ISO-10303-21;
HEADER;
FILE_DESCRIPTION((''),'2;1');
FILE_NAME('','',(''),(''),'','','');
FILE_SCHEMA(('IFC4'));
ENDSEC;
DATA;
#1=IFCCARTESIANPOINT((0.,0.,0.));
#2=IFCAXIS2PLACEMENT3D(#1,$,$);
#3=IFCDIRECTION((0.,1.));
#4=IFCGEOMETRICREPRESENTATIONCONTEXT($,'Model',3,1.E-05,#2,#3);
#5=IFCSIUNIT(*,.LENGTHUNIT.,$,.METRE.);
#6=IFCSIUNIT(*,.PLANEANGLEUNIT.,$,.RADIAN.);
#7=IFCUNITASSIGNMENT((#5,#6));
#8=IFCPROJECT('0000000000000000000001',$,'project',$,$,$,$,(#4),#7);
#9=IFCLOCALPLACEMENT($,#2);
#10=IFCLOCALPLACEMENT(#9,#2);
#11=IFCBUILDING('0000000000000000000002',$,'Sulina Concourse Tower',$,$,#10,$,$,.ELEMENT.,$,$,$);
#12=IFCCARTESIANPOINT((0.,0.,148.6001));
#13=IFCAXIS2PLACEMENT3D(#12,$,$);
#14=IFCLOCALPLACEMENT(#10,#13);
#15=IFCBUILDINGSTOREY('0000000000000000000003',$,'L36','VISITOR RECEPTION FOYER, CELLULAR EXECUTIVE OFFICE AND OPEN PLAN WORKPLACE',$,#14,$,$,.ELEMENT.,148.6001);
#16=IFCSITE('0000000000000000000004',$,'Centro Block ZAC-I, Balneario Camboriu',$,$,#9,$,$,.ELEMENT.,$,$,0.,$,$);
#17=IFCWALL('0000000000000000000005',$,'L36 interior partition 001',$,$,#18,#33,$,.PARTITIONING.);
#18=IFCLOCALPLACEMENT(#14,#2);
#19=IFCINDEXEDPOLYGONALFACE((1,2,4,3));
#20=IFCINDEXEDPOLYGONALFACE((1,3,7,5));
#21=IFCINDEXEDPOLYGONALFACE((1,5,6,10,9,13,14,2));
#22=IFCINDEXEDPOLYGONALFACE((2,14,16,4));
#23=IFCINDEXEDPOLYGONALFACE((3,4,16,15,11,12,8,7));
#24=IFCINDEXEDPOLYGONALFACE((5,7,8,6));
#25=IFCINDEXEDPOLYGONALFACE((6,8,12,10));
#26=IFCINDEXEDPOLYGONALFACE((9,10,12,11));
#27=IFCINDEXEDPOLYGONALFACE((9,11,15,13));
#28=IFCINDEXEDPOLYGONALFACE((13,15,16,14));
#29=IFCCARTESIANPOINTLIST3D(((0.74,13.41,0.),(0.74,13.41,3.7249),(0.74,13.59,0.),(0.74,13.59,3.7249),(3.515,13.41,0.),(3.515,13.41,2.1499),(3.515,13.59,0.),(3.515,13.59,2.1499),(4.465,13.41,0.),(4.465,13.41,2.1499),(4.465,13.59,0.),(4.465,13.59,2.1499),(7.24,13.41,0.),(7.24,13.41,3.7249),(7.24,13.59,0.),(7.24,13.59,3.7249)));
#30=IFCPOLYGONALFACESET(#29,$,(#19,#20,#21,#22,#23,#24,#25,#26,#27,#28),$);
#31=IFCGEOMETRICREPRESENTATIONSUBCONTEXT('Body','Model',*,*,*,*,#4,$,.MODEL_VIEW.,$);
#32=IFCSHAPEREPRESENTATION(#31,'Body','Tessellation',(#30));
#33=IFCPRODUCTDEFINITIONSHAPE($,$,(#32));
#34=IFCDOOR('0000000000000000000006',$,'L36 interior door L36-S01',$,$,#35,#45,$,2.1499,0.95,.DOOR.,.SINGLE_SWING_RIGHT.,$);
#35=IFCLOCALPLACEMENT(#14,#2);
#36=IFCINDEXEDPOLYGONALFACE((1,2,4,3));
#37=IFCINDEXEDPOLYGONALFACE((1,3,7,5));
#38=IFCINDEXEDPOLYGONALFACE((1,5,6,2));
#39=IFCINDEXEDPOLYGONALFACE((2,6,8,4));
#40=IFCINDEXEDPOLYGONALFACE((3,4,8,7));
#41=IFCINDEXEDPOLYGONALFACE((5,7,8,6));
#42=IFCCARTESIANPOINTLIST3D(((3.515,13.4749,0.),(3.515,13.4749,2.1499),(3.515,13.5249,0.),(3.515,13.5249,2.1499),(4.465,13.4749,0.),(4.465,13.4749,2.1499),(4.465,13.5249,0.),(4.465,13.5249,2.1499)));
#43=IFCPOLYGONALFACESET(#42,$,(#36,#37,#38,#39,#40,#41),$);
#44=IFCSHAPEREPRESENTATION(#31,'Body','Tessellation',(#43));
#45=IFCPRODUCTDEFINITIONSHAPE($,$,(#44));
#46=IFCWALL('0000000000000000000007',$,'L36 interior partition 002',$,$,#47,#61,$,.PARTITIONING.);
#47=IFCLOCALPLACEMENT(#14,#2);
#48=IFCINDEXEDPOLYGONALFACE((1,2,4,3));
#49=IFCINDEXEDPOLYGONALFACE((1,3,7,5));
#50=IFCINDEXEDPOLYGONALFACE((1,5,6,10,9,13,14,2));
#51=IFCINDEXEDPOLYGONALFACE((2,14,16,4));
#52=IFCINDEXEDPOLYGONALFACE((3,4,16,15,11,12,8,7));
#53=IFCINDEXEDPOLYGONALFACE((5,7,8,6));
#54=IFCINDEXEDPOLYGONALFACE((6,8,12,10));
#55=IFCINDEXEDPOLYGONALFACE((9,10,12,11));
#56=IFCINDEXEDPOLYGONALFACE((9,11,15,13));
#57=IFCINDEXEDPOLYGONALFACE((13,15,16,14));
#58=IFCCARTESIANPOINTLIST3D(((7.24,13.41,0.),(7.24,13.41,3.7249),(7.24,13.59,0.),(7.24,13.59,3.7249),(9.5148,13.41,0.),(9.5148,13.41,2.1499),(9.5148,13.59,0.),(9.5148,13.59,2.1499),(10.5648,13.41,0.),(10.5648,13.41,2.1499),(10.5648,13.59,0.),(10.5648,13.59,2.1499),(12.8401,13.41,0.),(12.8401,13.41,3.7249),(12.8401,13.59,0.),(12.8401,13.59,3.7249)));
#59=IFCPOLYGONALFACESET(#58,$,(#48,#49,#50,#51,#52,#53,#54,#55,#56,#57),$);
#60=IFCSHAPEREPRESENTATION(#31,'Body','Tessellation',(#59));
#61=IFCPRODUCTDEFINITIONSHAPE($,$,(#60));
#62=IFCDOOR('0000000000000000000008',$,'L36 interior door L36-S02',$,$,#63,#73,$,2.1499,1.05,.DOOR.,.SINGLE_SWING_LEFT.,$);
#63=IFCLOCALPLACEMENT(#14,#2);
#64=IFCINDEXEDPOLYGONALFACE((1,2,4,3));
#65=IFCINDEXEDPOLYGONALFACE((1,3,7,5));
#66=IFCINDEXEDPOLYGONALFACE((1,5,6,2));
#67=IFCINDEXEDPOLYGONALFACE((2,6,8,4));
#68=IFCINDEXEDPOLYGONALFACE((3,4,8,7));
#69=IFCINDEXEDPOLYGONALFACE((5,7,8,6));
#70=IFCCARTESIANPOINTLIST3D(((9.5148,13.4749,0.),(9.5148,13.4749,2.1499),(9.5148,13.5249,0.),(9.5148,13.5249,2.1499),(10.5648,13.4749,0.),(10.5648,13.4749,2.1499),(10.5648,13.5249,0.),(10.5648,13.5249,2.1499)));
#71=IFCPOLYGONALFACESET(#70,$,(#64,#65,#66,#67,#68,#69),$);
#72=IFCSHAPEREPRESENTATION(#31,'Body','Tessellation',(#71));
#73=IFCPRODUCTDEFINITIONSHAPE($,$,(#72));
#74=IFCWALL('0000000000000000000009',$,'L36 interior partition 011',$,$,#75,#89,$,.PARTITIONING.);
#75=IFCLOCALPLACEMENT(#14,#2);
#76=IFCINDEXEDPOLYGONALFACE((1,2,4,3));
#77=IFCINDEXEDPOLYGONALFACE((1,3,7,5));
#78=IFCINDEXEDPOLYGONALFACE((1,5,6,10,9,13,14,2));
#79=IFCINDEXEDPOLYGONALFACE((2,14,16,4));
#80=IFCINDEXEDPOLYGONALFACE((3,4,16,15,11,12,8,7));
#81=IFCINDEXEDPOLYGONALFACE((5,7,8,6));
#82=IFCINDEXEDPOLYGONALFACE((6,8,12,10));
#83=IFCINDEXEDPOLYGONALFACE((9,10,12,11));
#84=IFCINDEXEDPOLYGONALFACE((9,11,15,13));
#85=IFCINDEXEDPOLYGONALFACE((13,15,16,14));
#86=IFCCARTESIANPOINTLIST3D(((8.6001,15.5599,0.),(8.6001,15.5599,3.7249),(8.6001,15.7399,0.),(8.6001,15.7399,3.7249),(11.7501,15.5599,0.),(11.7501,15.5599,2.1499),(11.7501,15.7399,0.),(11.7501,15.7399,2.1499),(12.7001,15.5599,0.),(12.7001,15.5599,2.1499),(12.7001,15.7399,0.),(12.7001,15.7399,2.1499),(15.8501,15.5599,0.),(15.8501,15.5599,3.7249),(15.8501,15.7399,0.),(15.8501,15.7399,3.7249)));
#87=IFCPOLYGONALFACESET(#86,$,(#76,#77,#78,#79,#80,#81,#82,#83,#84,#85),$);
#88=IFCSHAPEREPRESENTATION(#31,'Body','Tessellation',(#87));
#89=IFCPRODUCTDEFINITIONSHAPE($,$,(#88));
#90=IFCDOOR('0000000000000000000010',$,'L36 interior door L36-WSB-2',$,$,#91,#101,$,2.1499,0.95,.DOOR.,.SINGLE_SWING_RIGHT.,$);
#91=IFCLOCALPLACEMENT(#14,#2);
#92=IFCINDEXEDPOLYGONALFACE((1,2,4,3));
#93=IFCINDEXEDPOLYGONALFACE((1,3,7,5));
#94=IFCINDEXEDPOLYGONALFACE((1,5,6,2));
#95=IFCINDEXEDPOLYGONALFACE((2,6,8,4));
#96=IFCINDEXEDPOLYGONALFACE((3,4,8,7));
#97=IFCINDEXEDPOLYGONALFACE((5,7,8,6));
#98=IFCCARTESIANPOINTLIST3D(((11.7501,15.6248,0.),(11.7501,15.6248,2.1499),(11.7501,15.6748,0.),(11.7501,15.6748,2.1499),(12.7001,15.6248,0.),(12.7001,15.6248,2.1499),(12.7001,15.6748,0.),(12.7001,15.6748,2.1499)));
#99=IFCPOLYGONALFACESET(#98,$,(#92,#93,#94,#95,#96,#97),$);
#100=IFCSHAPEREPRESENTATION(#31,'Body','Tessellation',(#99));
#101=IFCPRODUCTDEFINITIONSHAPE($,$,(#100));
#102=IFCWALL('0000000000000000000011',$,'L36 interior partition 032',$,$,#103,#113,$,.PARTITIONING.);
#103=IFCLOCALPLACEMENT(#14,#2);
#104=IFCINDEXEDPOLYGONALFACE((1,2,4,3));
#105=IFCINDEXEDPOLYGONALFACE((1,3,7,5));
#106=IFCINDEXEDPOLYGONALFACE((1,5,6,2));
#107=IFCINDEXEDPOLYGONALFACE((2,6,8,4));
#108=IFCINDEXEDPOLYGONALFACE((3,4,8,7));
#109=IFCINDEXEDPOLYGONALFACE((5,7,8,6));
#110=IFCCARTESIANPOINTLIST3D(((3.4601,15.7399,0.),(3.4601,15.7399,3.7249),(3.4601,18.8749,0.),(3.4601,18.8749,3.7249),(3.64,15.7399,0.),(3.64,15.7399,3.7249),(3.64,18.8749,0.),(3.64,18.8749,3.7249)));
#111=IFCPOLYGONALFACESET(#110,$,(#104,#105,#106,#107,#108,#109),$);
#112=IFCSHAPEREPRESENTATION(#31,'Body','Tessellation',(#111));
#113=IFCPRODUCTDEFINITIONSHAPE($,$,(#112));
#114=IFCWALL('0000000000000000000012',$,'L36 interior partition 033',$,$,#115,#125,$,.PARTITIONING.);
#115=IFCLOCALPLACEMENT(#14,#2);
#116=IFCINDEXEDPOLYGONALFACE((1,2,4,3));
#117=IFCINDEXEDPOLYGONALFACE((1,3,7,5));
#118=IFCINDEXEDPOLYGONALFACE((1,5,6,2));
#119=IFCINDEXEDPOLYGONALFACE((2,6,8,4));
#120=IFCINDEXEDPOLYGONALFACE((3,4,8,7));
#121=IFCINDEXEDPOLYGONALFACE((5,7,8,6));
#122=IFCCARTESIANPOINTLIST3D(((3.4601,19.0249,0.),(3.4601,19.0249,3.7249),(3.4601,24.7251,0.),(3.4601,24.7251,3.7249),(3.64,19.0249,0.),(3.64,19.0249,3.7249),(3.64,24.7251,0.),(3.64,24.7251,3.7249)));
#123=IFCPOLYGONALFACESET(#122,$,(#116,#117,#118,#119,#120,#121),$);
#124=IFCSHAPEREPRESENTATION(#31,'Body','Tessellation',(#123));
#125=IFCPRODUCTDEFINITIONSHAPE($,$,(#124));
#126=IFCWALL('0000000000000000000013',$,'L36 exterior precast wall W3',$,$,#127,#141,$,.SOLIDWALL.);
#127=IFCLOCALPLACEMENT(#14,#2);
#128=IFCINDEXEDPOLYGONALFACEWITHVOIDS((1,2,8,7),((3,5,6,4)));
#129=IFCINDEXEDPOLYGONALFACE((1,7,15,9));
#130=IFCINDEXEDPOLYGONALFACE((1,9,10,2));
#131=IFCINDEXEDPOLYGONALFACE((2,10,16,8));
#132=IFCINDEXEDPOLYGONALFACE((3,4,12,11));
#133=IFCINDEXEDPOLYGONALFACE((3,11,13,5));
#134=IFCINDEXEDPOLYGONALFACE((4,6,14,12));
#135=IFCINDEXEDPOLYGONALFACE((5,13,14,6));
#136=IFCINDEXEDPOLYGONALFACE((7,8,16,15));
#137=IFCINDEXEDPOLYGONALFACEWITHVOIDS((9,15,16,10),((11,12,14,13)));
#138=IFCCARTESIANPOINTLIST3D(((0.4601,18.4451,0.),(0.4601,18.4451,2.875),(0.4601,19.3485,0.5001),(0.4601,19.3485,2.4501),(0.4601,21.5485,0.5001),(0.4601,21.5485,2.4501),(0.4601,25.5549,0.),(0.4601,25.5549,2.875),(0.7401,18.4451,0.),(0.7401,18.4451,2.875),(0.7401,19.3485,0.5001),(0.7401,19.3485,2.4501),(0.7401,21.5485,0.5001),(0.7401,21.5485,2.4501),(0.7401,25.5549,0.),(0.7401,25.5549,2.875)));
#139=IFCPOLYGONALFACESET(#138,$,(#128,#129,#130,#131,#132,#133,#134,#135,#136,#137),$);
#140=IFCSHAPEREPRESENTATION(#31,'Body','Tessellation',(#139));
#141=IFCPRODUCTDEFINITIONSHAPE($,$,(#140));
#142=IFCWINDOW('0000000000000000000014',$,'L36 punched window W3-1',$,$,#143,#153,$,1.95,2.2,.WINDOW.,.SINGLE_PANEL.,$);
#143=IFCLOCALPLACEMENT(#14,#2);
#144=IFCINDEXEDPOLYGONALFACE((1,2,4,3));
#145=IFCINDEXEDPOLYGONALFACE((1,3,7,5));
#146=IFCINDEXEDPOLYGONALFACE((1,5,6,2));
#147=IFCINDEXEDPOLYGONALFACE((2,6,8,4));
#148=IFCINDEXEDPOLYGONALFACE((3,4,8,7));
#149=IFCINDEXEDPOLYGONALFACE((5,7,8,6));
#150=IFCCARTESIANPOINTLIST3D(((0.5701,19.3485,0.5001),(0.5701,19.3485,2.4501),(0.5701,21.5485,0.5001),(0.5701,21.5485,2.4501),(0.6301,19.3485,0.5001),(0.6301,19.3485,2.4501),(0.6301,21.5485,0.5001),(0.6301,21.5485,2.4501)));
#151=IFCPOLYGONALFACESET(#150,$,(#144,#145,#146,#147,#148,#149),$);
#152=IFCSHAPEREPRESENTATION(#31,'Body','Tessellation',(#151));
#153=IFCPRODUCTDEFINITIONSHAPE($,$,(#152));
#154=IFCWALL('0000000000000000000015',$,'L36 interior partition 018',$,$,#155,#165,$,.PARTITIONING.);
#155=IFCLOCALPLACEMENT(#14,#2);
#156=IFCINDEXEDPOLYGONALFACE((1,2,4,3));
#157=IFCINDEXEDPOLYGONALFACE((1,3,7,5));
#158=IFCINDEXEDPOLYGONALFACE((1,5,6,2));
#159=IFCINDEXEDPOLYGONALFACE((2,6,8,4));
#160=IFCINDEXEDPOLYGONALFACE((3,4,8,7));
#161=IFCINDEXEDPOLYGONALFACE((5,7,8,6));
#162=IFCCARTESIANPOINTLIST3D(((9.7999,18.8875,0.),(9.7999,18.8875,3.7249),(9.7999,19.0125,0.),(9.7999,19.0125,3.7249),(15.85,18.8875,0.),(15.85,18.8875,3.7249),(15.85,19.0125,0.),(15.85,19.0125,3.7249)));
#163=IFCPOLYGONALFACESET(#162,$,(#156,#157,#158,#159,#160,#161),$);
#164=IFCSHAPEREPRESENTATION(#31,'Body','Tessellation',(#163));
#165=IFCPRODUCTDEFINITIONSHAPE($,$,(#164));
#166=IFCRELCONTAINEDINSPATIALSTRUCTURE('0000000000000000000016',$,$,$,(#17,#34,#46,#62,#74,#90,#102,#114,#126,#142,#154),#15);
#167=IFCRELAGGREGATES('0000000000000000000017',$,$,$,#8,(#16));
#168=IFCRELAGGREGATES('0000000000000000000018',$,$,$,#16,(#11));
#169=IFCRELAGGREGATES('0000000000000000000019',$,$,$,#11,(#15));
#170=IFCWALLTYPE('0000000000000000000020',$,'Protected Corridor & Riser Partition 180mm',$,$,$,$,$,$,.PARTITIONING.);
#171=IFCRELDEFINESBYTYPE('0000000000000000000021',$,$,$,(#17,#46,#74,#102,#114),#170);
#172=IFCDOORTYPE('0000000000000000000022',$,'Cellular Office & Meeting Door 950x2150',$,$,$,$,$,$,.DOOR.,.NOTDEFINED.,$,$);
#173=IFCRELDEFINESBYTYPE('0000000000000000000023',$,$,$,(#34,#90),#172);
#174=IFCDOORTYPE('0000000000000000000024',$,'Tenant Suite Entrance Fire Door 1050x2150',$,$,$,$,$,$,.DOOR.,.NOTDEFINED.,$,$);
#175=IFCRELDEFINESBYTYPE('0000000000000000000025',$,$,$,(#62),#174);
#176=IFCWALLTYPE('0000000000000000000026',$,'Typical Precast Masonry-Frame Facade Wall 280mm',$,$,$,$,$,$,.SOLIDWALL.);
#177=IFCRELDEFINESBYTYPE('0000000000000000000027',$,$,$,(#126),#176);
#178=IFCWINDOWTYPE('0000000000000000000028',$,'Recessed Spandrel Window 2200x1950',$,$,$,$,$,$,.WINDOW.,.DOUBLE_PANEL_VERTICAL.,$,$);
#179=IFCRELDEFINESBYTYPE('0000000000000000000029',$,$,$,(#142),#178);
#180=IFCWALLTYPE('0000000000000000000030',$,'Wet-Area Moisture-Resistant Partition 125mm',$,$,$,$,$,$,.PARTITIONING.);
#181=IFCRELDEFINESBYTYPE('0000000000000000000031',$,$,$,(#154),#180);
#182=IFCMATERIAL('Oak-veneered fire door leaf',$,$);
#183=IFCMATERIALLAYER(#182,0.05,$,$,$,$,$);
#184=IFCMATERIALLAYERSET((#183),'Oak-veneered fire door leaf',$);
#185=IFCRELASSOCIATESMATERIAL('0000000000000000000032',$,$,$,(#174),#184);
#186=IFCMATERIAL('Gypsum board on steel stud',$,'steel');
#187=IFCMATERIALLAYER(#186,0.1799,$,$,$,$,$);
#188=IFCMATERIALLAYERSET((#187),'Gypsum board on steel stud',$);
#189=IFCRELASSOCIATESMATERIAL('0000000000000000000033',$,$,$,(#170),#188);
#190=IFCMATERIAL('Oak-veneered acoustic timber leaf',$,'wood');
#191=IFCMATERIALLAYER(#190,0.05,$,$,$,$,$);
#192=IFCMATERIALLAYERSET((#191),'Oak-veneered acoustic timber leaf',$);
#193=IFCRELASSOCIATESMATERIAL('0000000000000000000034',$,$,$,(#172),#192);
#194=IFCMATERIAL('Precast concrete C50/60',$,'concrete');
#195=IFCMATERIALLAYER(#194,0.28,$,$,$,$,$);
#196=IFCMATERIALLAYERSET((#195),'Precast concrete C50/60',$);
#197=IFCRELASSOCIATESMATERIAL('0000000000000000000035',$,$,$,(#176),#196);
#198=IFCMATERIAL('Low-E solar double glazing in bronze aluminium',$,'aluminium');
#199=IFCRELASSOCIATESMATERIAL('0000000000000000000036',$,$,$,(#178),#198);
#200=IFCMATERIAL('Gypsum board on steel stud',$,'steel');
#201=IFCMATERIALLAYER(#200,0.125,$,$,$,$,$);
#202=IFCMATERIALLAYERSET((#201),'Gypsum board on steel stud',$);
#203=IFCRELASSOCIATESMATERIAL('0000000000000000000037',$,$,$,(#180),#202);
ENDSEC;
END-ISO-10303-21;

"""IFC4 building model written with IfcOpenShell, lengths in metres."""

from ifc_helpers import new_model, si_unit, direction, frame, frame_2d, origin, place, context, subcontext, project, spatial, rectangle, extrude, material, layer, layer_set, type_object, element, fill, save


model = new_model("IFC4")

# Units and contexts
model_context = context("Model", 3, precision=1e-05, world=origin(), true_north=direction((0.0, 1.0)))
body_context = subcontext(model_context, "Body", "Model", "MODEL_VIEW")
ifc_project = project(units=[si_unit("LENGTHUNIT", "METRE"), si_unit("PLANEANGLEUNIT", "RADIAN")], contexts=[model_context])

# Site, building, storey
site_placement = place(None, origin())
site = spatial("IfcSite", under=ifc_project, at=site_placement, Name="Centro Block ZAC-I, Balneario Camboriu", CompositionType="ELEMENT", RefElevation=0.0)
building_placement = place(site_placement, origin())
building = spatial("IfcBuilding", under=site, at=building_placement, Name="Sulina Concourse Tower", CompositionType="ELEMENT")
storey_placement = place(building_placement, frame((0.0, 0.0, 148.6001)))
storey = spatial("IfcBuildingStorey", under=building, at=storey_placement, Name="L36", Description="VISITOR RECEPTION FOYER, CELLULAR EXECUTIVE OFFICE AND OPEN PLAN WORKPLACE", CompositionType="ELEMENT", Elevation=148.6001)

# Shared definitions
ifc_material_1 = material(Name="Oak-veneered fire door leaf")
ifc_layer_1 = layer(ifc_material_1, 0.05)
ifc_layer_set_1 = layer_set([ifc_layer_1], Name="Oak-veneered fire door leaf")
door_type_1 = type_object("IfcDoorType", Name="Tenant Suite Entrance Fire Door 1050x2150", OperationType="NOTDEFINED", PredefinedType="DOOR", material=ifc_layer_set_1)

# Walls, openings, doors
ifc_material_2 = material(Name="Gypsum board on steel stud", Category="steel")
ifc_layer_2 = layer(ifc_material_2, 0.1799)
ifc_layer_set_2 = layer_set([ifc_layer_2], Name="Gypsum board on steel stud")
wall_type_1 = type_object("IfcWallType", Name="Protected Corridor & Riser Partition 180mm", PredefinedType="PARTITIONING", material=ifc_layer_set_2)
wall_1_placement = place(storey_placement, frame((0.74, 13.5, 0.0), z_axis=(0.0, 0.0, 1.0), x_axis=(1.0, 0.0, 0.0)))
wall_1 = element("IfcWall", 1, at=wall_1_placement, inside=storey, type_object=wall_type_1, Name="L36 interior partition 001", PredefinedType="PARTITIONING", context=body_context, shape_type="SweptSolid", body=[
    extrude(rectangle(XDim=6.5, YDim=0.1799, at=frame_2d((3.25, 0.0))), origin(), (0.0, 0.0, 1.0), 3.7249),
])
opening_1_placement = place(wall_1_placement, frame((2.7749, 0.0, 0.0)))
opening_1 = element("IfcOpeningElement", 2, at=opening_1_placement, cuts=wall_1, PredefinedType="OPENING", context=body_context, shape_type="SweptSolid", body=[
    extrude(rectangle(XDim=0.95, YDim=2.1499, at=frame_2d((0.4751, 1.075))), frame((0.0, 0.0999, 0.0), z_axis=(0.0, -1.0, 0.0), x_axis=(1.0, 0.0, 0.0)), (0.0, 0.0, 1.0), 0.2),
])
ifc_material_3 = material(Name="Oak-veneered acoustic timber leaf", Category="wood")
ifc_layer_3 = layer(ifc_material_3, 0.05)
ifc_layer_set_3 = layer_set([ifc_layer_3], Name="Oak-veneered acoustic timber leaf")
door_type_2 = type_object("IfcDoorType", Name="Cellular Office & Meeting Door 950x2150", OperationType="NOTDEFINED", PredefinedType="DOOR", material=ifc_layer_set_3)
door_1_placement = place(opening_1_placement, origin())
door_1 = element("IfcDoor", 3, at=door_1_placement, inside=storey, type_object=door_type_2, Name="L36 interior door L36-S01", OperationType="SINGLE_SWING_RIGHT", OverallHeight=2.1499, OverallWidth=0.95, PredefinedType="DOOR", context=body_context, shape_type="SweptSolid", body=[
    extrude(rectangle(XDim=0.95, YDim=2.1499, at=frame_2d((0.4751, 1.075))), frame((0.0, 0.0249, 0.0), z_axis=(0.0, -1.0, 0.0), x_axis=(1.0, 0.0, 0.0)), (0.0, 0.0, 1.0), 0.05),
])
fill(opening_1, door_1)
wall_2_placement = place(storey_placement, frame((7.24, 13.5, 0.0), z_axis=(0.0, 0.0, 1.0), x_axis=(1.0, 0.0, 0.0)))
wall_2 = element("IfcWall", 4, at=wall_2_placement, inside=storey, type_object=wall_type_1, Name="L36 interior partition 002", PredefinedType="PARTITIONING", context=body_context, shape_type="SweptSolid", body=[
    extrude(rectangle(XDim=5.6001, YDim=0.1799, at=frame_2d((2.8, 0.0))), origin(), (0.0, 0.0, 1.0), 3.7249),
])
opening_2_placement = place(wall_2_placement, frame((2.2749, 0.0, 0.0)))
opening_2 = element("IfcOpeningElement", 5, at=opening_2_placement, cuts=wall_2, PredefinedType="OPENING", context=body_context, shape_type="SweptSolid", body=[
    extrude(rectangle(XDim=1.05, YDim=2.1499, at=frame_2d((0.5249, 1.075))), frame((0.0, 0.0999, 0.0), z_axis=(0.0, -1.0, 0.0), x_axis=(1.0, 0.0, 0.0)), (0.0, 0.0, 1.0), 0.2),
])
door_2_placement = place(opening_2_placement, origin())
door_2 = element("IfcDoor", 6, at=door_2_placement, inside=storey, type_object=door_type_1, Name="L36 interior door L36-S02", OperationType="SINGLE_SWING_LEFT", OverallHeight=2.1499, OverallWidth=1.05, PredefinedType="DOOR", context=body_context, shape_type="SweptSolid", body=[
    extrude(rectangle(XDim=1.05, YDim=2.1499, at=frame_2d((0.5249, 1.075))), frame((0.0, 0.0249, 0.0), z_axis=(0.0, -1.0, 0.0), x_axis=(1.0, 0.0, 0.0)), (0.0, 0.0, 1.0), 0.05),
])
fill(opening_2, door_2)
wall_3_placement = place(storey_placement, frame((8.6001, 15.6499, 0.0), z_axis=(0.0, 0.0, 1.0), x_axis=(1.0, 0.0, 0.0)))
wall_3 = element("IfcWall", 7, at=wall_3_placement, inside=storey, type_object=wall_type_1, Name="L36 interior partition 011", PredefinedType="PARTITIONING", context=body_context, shape_type="SweptSolid", body=[
    extrude(rectangle(XDim=7.25, YDim=0.1799, at=frame_2d((3.625, 0.0))), origin(), (0.0, 0.0, 1.0), 3.7249),
])
opening_3_placement = place(wall_3_placement, frame((3.1499, 0.0, 0.0)))
opening_3 = element("IfcOpeningElement", 8, at=opening_3_placement, cuts=wall_3, PredefinedType="OPENING", context=body_context, shape_type="SweptSolid", body=[
    extrude(rectangle(XDim=0.95, YDim=2.1499, at=frame_2d((0.4751, 1.075))), frame((0.0, 0.0999, 0.0), z_axis=(0.0, -1.0, 0.0), x_axis=(1.0, 0.0, 0.0)), (0.0, 0.0, 1.0), 0.2),
])
door_3_placement = place(opening_3_placement, origin())
door_3 = element("IfcDoor", 9, at=door_3_placement, inside=storey, type_object=door_type_2, Name="L36 interior door L36-WSB-2", OperationType="SINGLE_SWING_RIGHT", OverallHeight=2.1499, OverallWidth=0.95, PredefinedType="DOOR", context=body_context, shape_type="SweptSolid", body=[
    extrude(rectangle(XDim=0.95, YDim=2.1499, at=frame_2d((0.4751, 1.075))), frame((0.0, 0.0249, 0.0), z_axis=(0.0, -1.0, 0.0), x_axis=(1.0, 0.0, 0.0)), (0.0, 0.0, 1.0), 0.05),
])
fill(opening_3, door_3)

# Walls
wall_4_placement = place(storey_placement, frame((3.55, 15.74, 0.0), z_axis=(0.0, 0.0, 1.0), x_axis=(0.0, 1.0, 0.0)))
element("IfcWall", 10, at=wall_4_placement, inside=storey, type_object=wall_type_1, Name="L36 interior partition 032", PredefinedType="PARTITIONING", context=body_context, shape_type="SweptSolid", body=[
    extrude(rectangle(XDim=3.135, YDim=0.1799, at=frame_2d((1.5674, 0.0))), origin(), (0.0, 0.0, 1.0), 3.7249),
])
wall_5_placement = place(storey_placement, frame((3.55, 19.0249, 0.0), z_axis=(0.0, 0.0, 1.0), x_axis=(0.0, 1.0, 0.0)))
element("IfcWall", 11, at=wall_5_placement, inside=storey, type_object=wall_type_1, Name="L36 interior partition 033", PredefinedType="PARTITIONING", context=body_context, shape_type="SweptSolid", body=[
    extrude(rectangle(XDim=5.7002, YDim=0.1799, at=frame_2d((2.8501, 0.0))), origin(), (0.0, 0.0, 1.0), 3.7249),
])

# Wall, opening, window
ifc_material_4 = material(Name="Precast concrete C50/60", Category="concrete")
ifc_layer_4 = layer(ifc_material_4, 0.28)
ifc_layer_set_4 = layer_set([ifc_layer_4], Name="Precast concrete C50/60")
wall_type_2 = type_object("IfcWallType", Name="Typical Precast Masonry-Frame Facade Wall 280mm", PredefinedType="SOLIDWALL", material=ifc_layer_set_4)
wall_6_placement = place(storey_placement, frame((0.6001, 18.4451, 0.0), z_axis=(0.0, 0.0, 1.0), x_axis=(0.0, 1.0, 0.0)))
wall_6 = element("IfcWall", 12, at=wall_6_placement, inside=storey, type_object=wall_type_2, Name="L36 exterior precast wall W3", PredefinedType="SOLIDWALL", context=body_context, shape_type="SweptSolid", body=[
    extrude(rectangle(XDim=7.1099, YDim=0.28, at=frame_2d((3.5549, 0.0))), origin(), (0.0, 0.0, 1.0), 2.875),
])
opening_4_placement = place(wall_6_placement, frame((0.9033, 0.0, 0.5)))
opening_4 = element("IfcOpeningElement", 13, at=opening_4_placement, cuts=wall_6, PredefinedType="OPENING", context=body_context, shape_type="SweptSolid", body=[
    extrude(rectangle(XDim=2.2, YDim=1.95, at=frame_2d((1.1001, 0.9751))), frame((0.0, 0.1499, 0.0), z_axis=(0.0, -1.0, 0.0), x_axis=(1.0, 0.0, 0.0)), (0.0, 0.0, 1.0), 0.3),
])
ifc_material_5 = material(Name="Low-E solar double glazing in bronze aluminium", Category="aluminium")
window_type = type_object("IfcWindowType", Name="Recessed Spandrel Window 2200x1950", PartitioningType="DOUBLE_PANEL_VERTICAL", PredefinedType="WINDOW", material=ifc_material_5)
window_placement = place(opening_4_placement, origin())
window = element("IfcWindow", 14, at=window_placement, inside=storey, type_object=window_type, Name="L36 punched window W3-1", OverallHeight=1.95, OverallWidth=2.2, PartitioningType="SINGLE_PANEL", PredefinedType="WINDOW", context=body_context, shape_type="SweptSolid", body=[
    extrude(rectangle(XDim=2.2, YDim=1.95, at=frame_2d((1.1001, 0.9751))), frame((0.0, 0.03, 0.0), z_axis=(0.0, -1.0, 0.0), x_axis=(1.0, 0.0, 0.0)), (0.0, 0.0, 1.0), 0.0601),
])
fill(opening_4, window)

# Wall
ifc_material_6 = material(Name="Gypsum board on steel stud", Category="steel")
ifc_layer_5 = layer(ifc_material_6, 0.125)
ifc_layer_set_5 = layer_set([ifc_layer_5], Name="Gypsum board on steel stud")
wall_type_3 = type_object("IfcWallType", Name="Wet-Area Moisture-Resistant Partition 125mm", PredefinedType="PARTITIONING", material=ifc_layer_set_5)
wall_7_placement = place(storey_placement, frame((9.8, 18.95, 0.0), z_axis=(0.0, 0.0, 1.0), x_axis=(1.0, 0.0, 0.0)))
element("IfcWall", 15, at=wall_7_placement, inside=storey, type_object=wall_type_3, Name="L36 interior partition 018", PredefinedType="PARTITIONING", context=body_context, shape_type="SweptSolid", body=[
    extrude(rectangle(XDim=6.05, YDim=0.125, at=frame_2d((3.0249, 0.0))), origin(), (0.0, 0.0, 1.0), 3.7249),
])

save(model, "model.ifc")
